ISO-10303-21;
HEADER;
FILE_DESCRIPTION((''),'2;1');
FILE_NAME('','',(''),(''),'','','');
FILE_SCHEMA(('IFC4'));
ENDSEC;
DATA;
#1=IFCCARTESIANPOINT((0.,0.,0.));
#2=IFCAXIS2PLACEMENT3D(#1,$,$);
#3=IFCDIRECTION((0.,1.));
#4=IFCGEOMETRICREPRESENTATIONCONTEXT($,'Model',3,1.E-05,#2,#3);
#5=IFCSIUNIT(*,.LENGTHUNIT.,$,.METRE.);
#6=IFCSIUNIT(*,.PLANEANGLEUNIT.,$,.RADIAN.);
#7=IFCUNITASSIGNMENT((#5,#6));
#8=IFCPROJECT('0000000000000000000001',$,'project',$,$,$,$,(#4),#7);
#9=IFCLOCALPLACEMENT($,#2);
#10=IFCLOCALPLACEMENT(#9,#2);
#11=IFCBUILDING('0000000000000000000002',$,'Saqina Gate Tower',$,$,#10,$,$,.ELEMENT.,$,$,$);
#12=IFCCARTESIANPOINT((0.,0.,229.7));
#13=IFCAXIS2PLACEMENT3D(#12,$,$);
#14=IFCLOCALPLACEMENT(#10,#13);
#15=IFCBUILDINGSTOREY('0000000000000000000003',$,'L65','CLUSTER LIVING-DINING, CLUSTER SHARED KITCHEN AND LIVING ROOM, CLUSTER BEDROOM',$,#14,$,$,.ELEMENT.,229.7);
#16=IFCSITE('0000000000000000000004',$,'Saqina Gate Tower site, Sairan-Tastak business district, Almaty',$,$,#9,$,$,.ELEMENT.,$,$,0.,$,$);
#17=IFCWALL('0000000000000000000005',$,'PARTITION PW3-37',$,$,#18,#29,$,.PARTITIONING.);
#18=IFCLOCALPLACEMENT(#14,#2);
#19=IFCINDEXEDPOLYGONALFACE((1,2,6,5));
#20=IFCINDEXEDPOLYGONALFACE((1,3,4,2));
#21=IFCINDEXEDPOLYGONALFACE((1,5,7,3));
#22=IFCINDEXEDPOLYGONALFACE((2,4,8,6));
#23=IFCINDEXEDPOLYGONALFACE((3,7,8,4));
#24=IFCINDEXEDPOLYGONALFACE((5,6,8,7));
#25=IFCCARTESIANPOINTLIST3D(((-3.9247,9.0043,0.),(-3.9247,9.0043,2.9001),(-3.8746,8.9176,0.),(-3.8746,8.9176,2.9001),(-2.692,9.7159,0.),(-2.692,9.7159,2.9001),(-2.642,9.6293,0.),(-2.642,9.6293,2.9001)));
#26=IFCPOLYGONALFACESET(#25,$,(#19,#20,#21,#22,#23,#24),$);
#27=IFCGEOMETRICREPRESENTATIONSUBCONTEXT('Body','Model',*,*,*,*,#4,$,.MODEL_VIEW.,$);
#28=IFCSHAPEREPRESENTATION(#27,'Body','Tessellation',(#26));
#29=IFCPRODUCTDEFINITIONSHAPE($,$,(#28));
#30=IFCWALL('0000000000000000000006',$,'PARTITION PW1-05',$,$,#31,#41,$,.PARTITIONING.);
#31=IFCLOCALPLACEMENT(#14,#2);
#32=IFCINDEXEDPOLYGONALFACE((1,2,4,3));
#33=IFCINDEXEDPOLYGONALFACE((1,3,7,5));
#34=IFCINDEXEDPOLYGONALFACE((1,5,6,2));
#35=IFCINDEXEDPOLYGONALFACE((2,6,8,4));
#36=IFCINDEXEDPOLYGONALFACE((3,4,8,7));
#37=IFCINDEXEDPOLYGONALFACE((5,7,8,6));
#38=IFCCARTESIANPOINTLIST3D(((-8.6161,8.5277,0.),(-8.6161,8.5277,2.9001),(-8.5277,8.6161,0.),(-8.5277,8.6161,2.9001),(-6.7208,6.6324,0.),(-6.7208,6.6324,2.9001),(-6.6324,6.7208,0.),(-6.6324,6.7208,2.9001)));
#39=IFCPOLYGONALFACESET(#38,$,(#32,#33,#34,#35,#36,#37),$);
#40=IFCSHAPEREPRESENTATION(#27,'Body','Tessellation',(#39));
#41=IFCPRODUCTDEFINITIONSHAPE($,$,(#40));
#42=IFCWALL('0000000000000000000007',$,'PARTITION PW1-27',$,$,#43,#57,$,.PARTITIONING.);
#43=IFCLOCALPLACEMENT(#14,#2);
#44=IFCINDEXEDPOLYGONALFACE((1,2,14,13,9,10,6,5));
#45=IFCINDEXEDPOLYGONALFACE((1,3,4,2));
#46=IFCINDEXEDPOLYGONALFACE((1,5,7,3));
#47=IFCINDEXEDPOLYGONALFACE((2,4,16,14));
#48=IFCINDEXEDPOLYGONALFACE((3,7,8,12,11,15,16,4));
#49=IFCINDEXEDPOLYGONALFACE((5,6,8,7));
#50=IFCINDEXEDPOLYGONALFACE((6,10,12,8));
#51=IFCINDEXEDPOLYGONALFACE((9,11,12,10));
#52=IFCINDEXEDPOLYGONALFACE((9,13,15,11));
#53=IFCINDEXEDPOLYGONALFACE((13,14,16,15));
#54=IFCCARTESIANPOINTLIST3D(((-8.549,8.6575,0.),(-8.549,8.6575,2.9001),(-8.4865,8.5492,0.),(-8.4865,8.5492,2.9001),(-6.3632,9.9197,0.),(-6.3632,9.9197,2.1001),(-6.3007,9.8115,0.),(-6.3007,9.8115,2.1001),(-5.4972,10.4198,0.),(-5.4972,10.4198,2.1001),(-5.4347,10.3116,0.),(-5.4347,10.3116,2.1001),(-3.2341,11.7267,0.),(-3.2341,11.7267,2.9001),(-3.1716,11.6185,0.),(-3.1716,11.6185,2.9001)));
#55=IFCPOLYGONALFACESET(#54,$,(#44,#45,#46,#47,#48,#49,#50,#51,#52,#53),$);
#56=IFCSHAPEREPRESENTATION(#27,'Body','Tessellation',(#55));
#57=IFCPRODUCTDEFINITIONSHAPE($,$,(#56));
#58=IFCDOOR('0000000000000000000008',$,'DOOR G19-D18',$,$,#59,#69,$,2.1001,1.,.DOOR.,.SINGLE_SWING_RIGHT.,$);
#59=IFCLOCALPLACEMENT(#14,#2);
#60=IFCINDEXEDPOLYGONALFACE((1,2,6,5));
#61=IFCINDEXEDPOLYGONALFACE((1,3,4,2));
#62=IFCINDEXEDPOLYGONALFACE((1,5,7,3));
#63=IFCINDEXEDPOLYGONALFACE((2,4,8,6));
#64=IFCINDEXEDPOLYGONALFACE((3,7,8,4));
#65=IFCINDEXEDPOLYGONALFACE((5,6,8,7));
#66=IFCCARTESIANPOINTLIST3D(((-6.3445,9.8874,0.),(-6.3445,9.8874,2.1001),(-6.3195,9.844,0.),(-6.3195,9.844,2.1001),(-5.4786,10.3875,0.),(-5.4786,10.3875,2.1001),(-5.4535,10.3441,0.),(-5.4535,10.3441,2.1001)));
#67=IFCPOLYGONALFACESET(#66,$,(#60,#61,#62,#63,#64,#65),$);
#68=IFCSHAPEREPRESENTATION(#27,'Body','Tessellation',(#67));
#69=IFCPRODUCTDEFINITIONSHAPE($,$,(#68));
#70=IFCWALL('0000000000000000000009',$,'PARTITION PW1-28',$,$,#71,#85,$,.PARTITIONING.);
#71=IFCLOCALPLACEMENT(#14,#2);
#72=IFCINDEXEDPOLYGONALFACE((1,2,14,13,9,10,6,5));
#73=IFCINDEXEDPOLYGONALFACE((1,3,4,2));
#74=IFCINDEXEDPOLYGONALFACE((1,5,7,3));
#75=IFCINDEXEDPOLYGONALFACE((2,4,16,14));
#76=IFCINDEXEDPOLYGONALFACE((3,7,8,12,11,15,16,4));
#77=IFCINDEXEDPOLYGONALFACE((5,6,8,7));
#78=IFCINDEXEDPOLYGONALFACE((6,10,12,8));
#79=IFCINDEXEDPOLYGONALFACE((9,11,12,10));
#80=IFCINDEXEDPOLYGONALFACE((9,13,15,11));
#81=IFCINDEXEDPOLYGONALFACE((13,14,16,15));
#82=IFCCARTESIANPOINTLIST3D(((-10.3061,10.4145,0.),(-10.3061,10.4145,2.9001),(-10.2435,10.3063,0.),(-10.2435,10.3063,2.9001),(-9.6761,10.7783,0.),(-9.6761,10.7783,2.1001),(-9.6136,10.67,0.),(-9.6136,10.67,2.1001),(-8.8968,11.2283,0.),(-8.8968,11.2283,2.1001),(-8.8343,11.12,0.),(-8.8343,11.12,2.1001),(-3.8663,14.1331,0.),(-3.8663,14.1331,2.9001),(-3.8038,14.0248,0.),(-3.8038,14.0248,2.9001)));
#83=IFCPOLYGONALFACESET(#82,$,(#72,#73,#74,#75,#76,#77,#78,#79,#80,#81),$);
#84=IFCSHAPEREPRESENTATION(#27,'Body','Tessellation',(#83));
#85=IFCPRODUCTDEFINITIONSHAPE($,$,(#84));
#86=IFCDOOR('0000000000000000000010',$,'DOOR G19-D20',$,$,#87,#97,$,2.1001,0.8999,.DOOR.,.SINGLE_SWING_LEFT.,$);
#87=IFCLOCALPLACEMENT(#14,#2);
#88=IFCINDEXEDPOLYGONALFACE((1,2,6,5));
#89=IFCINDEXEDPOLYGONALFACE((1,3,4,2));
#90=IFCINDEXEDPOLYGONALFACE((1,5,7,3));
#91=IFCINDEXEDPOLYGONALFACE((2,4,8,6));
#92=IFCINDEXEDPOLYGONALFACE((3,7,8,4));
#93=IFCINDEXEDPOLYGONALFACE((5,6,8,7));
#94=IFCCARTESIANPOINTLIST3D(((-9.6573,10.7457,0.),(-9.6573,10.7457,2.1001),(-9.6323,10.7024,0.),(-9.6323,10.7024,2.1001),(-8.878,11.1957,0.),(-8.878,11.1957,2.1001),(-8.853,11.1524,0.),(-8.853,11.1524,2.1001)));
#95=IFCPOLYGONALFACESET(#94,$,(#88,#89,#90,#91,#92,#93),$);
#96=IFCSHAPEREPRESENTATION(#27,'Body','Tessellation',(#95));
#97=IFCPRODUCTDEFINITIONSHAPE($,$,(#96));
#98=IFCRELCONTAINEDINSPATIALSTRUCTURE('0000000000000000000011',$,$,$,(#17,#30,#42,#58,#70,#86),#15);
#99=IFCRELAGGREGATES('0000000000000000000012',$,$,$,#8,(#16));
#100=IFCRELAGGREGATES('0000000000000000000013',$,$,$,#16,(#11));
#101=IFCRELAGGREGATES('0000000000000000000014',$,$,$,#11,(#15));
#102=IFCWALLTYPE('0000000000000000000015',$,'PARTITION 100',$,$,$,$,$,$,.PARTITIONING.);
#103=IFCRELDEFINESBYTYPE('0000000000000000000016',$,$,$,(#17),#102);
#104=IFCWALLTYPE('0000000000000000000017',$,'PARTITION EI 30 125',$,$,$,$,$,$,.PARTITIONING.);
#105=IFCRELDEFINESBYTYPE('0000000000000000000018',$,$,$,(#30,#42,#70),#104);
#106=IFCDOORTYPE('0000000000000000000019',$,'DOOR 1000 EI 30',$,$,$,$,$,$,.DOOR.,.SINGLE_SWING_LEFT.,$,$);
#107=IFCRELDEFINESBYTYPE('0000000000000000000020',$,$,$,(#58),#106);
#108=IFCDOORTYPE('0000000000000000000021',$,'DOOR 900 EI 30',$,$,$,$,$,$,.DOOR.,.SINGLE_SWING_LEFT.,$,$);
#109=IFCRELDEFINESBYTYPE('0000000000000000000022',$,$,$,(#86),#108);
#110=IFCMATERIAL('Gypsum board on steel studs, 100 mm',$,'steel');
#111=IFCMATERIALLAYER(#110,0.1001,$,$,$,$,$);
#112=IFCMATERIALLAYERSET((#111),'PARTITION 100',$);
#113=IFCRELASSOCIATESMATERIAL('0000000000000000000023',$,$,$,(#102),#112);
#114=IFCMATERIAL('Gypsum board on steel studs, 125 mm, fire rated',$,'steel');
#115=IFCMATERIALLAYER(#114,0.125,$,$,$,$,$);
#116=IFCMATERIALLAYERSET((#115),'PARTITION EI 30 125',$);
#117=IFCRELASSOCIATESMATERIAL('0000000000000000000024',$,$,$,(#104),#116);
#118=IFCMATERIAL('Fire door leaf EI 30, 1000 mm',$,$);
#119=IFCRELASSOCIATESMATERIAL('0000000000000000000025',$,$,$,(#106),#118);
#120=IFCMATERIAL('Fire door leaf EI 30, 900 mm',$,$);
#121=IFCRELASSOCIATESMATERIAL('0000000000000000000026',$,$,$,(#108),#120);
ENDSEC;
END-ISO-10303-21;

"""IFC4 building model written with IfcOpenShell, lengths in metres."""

from ifc_helpers import new_model, si_unit, direction, frame, frame_2d, origin, place, context, subcontext, project, spatial, rectangle, extrude, material, layer, layer_set, type_object, element, fill, save


model = new_model("IFC4")

# Units and contexts
model_context = context("Model", 3, precision=1e-05, world=origin(), true_north=direction((0.0, 1.0)))
body_context = subcontext(model_context, "Body", "Model", "MODEL_VIEW")
ifc_project = project(units=[si_unit("LENGTHUNIT", "METRE"), si_unit("PLANEANGLEUNIT", "RADIAN")], contexts=[model_context])

# Site, building, storey
site_placement = place(None, origin())
site = spatial("IfcSite", under=ifc_project, at=site_placement, Name="Saqina Gate Tower site, Sairan-Tastak business district, Almaty", CompositionType="ELEMENT", RefElevation=0.0)
building_placement = place(site_placement, origin())
building = spatial("IfcBuilding", under=site, at=building_placement, Name="Saqina Gate Tower", CompositionType="ELEMENT")
storey_placement = place(building_placement, frame((0.0, 0.0, 229.7)))
storey = spatial("IfcBuildingStorey", under=building, at=storey_placement, Name="L65", Description="CLUSTER LIVING-DINING, CLUSTER SHARED KITCHEN AND LIVING ROOM, CLUSTER BEDROOM", CompositionType="ELEMENT", Elevation=229.7)

# Shared definitions
ifc_material_1 = material(Name="Gypsum board on steel studs, 100 mm", Category="steel")
ifc_layer_1 = layer(ifc_material_1, 0.1001)
ifc_layer_set_1 = layer_set([ifc_layer_1], Name="PARTITION 100")
wall_type_1 = type_object("IfcWallType", Name="PARTITION 100", PredefinedType="PARTITIONING", material=ifc_layer_set_1)

# Walls
wall_1_placement = place(storey_placement, frame((-3.8997, 8.9609, 0.0), z_axis=(0.0, 0.0, 1.0), x_axis=(0.866028, 0.499995, 0.0)))
element("IfcWall", 1, at=wall_1_placement, inside=storey, type_object=wall_type_1, Name="PARTITION PW3-37", PredefinedType="PARTITIONING", context=body_context, shape_type="SweptSolid", body=[
    extrude(rectangle(XDim=1.4233, YDim=0.1001, at=frame_2d((0.7117, 0.0))), origin(), (0.0, 0.0, 1.0), 2.9001),
])
ifc_material_2 = material(Name="Gypsum board on steel studs, 125 mm, fire rated", Category="steel")
ifc_layer_2 = layer(ifc_material_2, 0.125)
ifc_layer_set_2 = layer_set([ifc_layer_2], Name="PARTITION EI 30 125")
wall_type_2 = type_object("IfcWallType", Name="PARTITION EI 30 125", PredefinedType="PARTITIONING", material=ifc_layer_set_2)
wall_2_placement = place(storey_placement, frame((-8.572, 8.572, 0.0), z_axis=(0.0, 0.0, 1.0), x_axis=(0.707107, -0.707107, 0.0)))
element("IfcWall", 2, at=wall_2_placement, inside=storey, type_object=wall_type_2, Name="PARTITION PW1-05", PredefinedType="PARTITIONING", context=body_context, shape_type="SweptSolid", body=[
    extrude(rectangle(XDim=2.6804, YDim=0.125, at=frame_2d((1.3403, 0.0))), origin(), (0.0, 0.0, 1.0), 2.9001),
])

# Walls, openings, doors
wall_3_placement = place(storey_placement, frame((-8.5178, 8.6033, 0.0), z_axis=(0.0, 0.0, 1.0), x_axis=(0.865972, 0.500092, 0.0)))
wall_3 = element("IfcWall", 3, at=wall_3_placement, inside=storey, type_object=wall_type_2, Name="PARTITION PW1-27", PredefinedType="PARTITIONING", context=body_context, shape_type="SweptSolid", body=[
    extrude(rectangle(XDim=6.1375, YDim=0.125, at=frame_2d((3.0688, 0.0))), origin(), (0.0, 0.0, 1.0), 2.9001),
])
opening_1_placement = place(wall_3_placement, frame((2.5242, 0.0, 0.0)))
opening_1 = element("IfcOpeningElement", 4, at=opening_1_placement, cuts=wall_3, PredefinedType="OPENING", context=body_context, shape_type="SweptSolid", body=[
    extrude(rectangle(XDim=1.0, YDim=2.1001, at=frame_2d((0.5, 1.05))), frame((0.0, 0.0745, 0.0), z_axis=(0.0, -1.0, 0.0), x_axis=(1.0, 0.0, 0.0)), (0.0, 0.0, 1.0), 0.1489),
])
ifc_material_3 = material(Name="Fire door leaf EI 30, 1000 mm")
door_type_1 = type_object("IfcDoorType", Name="DOOR 1000 EI 30", OperationType="SINGLE_SWING_LEFT", PredefinedType="DOOR", material=ifc_material_3)
door_1_placement = place(opening_1_placement, frame((1.0, 0.0, 0.0), z_axis=(0.0, 0.0, 1.0), x_axis=(-1.0, 0.0, 0.0)))
door_1 = element("IfcDoor", 5, at=door_1_placement, inside=storey, type_object=door_type_1, Name="DOOR G19-D18", OperationType="SINGLE_SWING_RIGHT", OverallHeight=2.1001, OverallWidth=1.0, PredefinedType="DOOR", context=body_context, shape_type="SweptSolid", body=[
    extrude(rectangle(XDim=1.0, YDim=2.1001, at=frame_2d((0.5, 1.05))), frame((0.0, 0.0249, 0.0), z_axis=(0.0, -1.0, 0.0), x_axis=(1.0, 0.0, 0.0)), (0.0, 0.0, 1.0), 0.05),
])
fill(opening_1, door_1)
wall_4_placement = place(storey_placement, frame((-10.2749, 10.3604, 0.0), z_axis=(0.0, 0.0, 1.0), x_axis=(0.865994, 0.500055, 0.0)))
wall_4 = element("IfcWall", 6, at=wall_4_placement, inside=storey, type_object=wall_type_2, Name="PARTITION PW1-28", PredefinedType="PARTITIONING", context=body_context, shape_type="SweptSolid", body=[
    extrude(rectangle(XDim=7.4363, YDim=0.125, at=frame_2d((3.7183, 0.0))), origin(), (0.0, 0.0, 1.0), 2.9001),
])
opening_2_placement = place(wall_4_placement, frame((0.7275, 0.0, 0.0)))
opening_2 = element("IfcOpeningElement", 7, at=opening_2_placement, cuts=wall_4, PredefinedType="OPENING", context=body_context, shape_type="SweptSolid", body=[
    extrude(rectangle(XDim=0.8999, YDim=2.1001, at=frame_2d((0.45, 1.05))), frame((0.0, 0.0745, 0.0), z_axis=(0.0, -1.0, 0.0), x_axis=(1.0, 0.0, 0.0)), (0.0, 0.0, 1.0), 0.1489),
])
ifc_material_4 = material(Name="Fire door leaf EI 30, 900 mm")
door_type_2 = type_object("IfcDoorType", Name="DOOR 900 EI 30", OperationType="SINGLE_SWING_LEFT", PredefinedType="DOOR", material=ifc_material_4)
door_2_placement = place(opening_2_placement, origin())
door_2 = element("IfcDoor", 8, at=door_2_placement, inside=storey, type_object=door_type_2, Name="DOOR G19-D20", OperationType="SINGLE_SWING_LEFT", OverallHeight=2.1001, OverallWidth=0.8999, PredefinedType="DOOR", context=body_context, shape_type="SweptSolid", body=[
    extrude(rectangle(XDim=0.8999, YDim=2.1001, at=frame_2d((0.45, 1.05))), frame((0.0, 0.0249, 0.0), z_axis=(0.0, -1.0, 0.0), x_axis=(1.0, 0.0, 0.0)), (0.0, 0.0, 1.0), 0.05),
])
fill(opening_2, door_2)

save(model, "model.ifc")
